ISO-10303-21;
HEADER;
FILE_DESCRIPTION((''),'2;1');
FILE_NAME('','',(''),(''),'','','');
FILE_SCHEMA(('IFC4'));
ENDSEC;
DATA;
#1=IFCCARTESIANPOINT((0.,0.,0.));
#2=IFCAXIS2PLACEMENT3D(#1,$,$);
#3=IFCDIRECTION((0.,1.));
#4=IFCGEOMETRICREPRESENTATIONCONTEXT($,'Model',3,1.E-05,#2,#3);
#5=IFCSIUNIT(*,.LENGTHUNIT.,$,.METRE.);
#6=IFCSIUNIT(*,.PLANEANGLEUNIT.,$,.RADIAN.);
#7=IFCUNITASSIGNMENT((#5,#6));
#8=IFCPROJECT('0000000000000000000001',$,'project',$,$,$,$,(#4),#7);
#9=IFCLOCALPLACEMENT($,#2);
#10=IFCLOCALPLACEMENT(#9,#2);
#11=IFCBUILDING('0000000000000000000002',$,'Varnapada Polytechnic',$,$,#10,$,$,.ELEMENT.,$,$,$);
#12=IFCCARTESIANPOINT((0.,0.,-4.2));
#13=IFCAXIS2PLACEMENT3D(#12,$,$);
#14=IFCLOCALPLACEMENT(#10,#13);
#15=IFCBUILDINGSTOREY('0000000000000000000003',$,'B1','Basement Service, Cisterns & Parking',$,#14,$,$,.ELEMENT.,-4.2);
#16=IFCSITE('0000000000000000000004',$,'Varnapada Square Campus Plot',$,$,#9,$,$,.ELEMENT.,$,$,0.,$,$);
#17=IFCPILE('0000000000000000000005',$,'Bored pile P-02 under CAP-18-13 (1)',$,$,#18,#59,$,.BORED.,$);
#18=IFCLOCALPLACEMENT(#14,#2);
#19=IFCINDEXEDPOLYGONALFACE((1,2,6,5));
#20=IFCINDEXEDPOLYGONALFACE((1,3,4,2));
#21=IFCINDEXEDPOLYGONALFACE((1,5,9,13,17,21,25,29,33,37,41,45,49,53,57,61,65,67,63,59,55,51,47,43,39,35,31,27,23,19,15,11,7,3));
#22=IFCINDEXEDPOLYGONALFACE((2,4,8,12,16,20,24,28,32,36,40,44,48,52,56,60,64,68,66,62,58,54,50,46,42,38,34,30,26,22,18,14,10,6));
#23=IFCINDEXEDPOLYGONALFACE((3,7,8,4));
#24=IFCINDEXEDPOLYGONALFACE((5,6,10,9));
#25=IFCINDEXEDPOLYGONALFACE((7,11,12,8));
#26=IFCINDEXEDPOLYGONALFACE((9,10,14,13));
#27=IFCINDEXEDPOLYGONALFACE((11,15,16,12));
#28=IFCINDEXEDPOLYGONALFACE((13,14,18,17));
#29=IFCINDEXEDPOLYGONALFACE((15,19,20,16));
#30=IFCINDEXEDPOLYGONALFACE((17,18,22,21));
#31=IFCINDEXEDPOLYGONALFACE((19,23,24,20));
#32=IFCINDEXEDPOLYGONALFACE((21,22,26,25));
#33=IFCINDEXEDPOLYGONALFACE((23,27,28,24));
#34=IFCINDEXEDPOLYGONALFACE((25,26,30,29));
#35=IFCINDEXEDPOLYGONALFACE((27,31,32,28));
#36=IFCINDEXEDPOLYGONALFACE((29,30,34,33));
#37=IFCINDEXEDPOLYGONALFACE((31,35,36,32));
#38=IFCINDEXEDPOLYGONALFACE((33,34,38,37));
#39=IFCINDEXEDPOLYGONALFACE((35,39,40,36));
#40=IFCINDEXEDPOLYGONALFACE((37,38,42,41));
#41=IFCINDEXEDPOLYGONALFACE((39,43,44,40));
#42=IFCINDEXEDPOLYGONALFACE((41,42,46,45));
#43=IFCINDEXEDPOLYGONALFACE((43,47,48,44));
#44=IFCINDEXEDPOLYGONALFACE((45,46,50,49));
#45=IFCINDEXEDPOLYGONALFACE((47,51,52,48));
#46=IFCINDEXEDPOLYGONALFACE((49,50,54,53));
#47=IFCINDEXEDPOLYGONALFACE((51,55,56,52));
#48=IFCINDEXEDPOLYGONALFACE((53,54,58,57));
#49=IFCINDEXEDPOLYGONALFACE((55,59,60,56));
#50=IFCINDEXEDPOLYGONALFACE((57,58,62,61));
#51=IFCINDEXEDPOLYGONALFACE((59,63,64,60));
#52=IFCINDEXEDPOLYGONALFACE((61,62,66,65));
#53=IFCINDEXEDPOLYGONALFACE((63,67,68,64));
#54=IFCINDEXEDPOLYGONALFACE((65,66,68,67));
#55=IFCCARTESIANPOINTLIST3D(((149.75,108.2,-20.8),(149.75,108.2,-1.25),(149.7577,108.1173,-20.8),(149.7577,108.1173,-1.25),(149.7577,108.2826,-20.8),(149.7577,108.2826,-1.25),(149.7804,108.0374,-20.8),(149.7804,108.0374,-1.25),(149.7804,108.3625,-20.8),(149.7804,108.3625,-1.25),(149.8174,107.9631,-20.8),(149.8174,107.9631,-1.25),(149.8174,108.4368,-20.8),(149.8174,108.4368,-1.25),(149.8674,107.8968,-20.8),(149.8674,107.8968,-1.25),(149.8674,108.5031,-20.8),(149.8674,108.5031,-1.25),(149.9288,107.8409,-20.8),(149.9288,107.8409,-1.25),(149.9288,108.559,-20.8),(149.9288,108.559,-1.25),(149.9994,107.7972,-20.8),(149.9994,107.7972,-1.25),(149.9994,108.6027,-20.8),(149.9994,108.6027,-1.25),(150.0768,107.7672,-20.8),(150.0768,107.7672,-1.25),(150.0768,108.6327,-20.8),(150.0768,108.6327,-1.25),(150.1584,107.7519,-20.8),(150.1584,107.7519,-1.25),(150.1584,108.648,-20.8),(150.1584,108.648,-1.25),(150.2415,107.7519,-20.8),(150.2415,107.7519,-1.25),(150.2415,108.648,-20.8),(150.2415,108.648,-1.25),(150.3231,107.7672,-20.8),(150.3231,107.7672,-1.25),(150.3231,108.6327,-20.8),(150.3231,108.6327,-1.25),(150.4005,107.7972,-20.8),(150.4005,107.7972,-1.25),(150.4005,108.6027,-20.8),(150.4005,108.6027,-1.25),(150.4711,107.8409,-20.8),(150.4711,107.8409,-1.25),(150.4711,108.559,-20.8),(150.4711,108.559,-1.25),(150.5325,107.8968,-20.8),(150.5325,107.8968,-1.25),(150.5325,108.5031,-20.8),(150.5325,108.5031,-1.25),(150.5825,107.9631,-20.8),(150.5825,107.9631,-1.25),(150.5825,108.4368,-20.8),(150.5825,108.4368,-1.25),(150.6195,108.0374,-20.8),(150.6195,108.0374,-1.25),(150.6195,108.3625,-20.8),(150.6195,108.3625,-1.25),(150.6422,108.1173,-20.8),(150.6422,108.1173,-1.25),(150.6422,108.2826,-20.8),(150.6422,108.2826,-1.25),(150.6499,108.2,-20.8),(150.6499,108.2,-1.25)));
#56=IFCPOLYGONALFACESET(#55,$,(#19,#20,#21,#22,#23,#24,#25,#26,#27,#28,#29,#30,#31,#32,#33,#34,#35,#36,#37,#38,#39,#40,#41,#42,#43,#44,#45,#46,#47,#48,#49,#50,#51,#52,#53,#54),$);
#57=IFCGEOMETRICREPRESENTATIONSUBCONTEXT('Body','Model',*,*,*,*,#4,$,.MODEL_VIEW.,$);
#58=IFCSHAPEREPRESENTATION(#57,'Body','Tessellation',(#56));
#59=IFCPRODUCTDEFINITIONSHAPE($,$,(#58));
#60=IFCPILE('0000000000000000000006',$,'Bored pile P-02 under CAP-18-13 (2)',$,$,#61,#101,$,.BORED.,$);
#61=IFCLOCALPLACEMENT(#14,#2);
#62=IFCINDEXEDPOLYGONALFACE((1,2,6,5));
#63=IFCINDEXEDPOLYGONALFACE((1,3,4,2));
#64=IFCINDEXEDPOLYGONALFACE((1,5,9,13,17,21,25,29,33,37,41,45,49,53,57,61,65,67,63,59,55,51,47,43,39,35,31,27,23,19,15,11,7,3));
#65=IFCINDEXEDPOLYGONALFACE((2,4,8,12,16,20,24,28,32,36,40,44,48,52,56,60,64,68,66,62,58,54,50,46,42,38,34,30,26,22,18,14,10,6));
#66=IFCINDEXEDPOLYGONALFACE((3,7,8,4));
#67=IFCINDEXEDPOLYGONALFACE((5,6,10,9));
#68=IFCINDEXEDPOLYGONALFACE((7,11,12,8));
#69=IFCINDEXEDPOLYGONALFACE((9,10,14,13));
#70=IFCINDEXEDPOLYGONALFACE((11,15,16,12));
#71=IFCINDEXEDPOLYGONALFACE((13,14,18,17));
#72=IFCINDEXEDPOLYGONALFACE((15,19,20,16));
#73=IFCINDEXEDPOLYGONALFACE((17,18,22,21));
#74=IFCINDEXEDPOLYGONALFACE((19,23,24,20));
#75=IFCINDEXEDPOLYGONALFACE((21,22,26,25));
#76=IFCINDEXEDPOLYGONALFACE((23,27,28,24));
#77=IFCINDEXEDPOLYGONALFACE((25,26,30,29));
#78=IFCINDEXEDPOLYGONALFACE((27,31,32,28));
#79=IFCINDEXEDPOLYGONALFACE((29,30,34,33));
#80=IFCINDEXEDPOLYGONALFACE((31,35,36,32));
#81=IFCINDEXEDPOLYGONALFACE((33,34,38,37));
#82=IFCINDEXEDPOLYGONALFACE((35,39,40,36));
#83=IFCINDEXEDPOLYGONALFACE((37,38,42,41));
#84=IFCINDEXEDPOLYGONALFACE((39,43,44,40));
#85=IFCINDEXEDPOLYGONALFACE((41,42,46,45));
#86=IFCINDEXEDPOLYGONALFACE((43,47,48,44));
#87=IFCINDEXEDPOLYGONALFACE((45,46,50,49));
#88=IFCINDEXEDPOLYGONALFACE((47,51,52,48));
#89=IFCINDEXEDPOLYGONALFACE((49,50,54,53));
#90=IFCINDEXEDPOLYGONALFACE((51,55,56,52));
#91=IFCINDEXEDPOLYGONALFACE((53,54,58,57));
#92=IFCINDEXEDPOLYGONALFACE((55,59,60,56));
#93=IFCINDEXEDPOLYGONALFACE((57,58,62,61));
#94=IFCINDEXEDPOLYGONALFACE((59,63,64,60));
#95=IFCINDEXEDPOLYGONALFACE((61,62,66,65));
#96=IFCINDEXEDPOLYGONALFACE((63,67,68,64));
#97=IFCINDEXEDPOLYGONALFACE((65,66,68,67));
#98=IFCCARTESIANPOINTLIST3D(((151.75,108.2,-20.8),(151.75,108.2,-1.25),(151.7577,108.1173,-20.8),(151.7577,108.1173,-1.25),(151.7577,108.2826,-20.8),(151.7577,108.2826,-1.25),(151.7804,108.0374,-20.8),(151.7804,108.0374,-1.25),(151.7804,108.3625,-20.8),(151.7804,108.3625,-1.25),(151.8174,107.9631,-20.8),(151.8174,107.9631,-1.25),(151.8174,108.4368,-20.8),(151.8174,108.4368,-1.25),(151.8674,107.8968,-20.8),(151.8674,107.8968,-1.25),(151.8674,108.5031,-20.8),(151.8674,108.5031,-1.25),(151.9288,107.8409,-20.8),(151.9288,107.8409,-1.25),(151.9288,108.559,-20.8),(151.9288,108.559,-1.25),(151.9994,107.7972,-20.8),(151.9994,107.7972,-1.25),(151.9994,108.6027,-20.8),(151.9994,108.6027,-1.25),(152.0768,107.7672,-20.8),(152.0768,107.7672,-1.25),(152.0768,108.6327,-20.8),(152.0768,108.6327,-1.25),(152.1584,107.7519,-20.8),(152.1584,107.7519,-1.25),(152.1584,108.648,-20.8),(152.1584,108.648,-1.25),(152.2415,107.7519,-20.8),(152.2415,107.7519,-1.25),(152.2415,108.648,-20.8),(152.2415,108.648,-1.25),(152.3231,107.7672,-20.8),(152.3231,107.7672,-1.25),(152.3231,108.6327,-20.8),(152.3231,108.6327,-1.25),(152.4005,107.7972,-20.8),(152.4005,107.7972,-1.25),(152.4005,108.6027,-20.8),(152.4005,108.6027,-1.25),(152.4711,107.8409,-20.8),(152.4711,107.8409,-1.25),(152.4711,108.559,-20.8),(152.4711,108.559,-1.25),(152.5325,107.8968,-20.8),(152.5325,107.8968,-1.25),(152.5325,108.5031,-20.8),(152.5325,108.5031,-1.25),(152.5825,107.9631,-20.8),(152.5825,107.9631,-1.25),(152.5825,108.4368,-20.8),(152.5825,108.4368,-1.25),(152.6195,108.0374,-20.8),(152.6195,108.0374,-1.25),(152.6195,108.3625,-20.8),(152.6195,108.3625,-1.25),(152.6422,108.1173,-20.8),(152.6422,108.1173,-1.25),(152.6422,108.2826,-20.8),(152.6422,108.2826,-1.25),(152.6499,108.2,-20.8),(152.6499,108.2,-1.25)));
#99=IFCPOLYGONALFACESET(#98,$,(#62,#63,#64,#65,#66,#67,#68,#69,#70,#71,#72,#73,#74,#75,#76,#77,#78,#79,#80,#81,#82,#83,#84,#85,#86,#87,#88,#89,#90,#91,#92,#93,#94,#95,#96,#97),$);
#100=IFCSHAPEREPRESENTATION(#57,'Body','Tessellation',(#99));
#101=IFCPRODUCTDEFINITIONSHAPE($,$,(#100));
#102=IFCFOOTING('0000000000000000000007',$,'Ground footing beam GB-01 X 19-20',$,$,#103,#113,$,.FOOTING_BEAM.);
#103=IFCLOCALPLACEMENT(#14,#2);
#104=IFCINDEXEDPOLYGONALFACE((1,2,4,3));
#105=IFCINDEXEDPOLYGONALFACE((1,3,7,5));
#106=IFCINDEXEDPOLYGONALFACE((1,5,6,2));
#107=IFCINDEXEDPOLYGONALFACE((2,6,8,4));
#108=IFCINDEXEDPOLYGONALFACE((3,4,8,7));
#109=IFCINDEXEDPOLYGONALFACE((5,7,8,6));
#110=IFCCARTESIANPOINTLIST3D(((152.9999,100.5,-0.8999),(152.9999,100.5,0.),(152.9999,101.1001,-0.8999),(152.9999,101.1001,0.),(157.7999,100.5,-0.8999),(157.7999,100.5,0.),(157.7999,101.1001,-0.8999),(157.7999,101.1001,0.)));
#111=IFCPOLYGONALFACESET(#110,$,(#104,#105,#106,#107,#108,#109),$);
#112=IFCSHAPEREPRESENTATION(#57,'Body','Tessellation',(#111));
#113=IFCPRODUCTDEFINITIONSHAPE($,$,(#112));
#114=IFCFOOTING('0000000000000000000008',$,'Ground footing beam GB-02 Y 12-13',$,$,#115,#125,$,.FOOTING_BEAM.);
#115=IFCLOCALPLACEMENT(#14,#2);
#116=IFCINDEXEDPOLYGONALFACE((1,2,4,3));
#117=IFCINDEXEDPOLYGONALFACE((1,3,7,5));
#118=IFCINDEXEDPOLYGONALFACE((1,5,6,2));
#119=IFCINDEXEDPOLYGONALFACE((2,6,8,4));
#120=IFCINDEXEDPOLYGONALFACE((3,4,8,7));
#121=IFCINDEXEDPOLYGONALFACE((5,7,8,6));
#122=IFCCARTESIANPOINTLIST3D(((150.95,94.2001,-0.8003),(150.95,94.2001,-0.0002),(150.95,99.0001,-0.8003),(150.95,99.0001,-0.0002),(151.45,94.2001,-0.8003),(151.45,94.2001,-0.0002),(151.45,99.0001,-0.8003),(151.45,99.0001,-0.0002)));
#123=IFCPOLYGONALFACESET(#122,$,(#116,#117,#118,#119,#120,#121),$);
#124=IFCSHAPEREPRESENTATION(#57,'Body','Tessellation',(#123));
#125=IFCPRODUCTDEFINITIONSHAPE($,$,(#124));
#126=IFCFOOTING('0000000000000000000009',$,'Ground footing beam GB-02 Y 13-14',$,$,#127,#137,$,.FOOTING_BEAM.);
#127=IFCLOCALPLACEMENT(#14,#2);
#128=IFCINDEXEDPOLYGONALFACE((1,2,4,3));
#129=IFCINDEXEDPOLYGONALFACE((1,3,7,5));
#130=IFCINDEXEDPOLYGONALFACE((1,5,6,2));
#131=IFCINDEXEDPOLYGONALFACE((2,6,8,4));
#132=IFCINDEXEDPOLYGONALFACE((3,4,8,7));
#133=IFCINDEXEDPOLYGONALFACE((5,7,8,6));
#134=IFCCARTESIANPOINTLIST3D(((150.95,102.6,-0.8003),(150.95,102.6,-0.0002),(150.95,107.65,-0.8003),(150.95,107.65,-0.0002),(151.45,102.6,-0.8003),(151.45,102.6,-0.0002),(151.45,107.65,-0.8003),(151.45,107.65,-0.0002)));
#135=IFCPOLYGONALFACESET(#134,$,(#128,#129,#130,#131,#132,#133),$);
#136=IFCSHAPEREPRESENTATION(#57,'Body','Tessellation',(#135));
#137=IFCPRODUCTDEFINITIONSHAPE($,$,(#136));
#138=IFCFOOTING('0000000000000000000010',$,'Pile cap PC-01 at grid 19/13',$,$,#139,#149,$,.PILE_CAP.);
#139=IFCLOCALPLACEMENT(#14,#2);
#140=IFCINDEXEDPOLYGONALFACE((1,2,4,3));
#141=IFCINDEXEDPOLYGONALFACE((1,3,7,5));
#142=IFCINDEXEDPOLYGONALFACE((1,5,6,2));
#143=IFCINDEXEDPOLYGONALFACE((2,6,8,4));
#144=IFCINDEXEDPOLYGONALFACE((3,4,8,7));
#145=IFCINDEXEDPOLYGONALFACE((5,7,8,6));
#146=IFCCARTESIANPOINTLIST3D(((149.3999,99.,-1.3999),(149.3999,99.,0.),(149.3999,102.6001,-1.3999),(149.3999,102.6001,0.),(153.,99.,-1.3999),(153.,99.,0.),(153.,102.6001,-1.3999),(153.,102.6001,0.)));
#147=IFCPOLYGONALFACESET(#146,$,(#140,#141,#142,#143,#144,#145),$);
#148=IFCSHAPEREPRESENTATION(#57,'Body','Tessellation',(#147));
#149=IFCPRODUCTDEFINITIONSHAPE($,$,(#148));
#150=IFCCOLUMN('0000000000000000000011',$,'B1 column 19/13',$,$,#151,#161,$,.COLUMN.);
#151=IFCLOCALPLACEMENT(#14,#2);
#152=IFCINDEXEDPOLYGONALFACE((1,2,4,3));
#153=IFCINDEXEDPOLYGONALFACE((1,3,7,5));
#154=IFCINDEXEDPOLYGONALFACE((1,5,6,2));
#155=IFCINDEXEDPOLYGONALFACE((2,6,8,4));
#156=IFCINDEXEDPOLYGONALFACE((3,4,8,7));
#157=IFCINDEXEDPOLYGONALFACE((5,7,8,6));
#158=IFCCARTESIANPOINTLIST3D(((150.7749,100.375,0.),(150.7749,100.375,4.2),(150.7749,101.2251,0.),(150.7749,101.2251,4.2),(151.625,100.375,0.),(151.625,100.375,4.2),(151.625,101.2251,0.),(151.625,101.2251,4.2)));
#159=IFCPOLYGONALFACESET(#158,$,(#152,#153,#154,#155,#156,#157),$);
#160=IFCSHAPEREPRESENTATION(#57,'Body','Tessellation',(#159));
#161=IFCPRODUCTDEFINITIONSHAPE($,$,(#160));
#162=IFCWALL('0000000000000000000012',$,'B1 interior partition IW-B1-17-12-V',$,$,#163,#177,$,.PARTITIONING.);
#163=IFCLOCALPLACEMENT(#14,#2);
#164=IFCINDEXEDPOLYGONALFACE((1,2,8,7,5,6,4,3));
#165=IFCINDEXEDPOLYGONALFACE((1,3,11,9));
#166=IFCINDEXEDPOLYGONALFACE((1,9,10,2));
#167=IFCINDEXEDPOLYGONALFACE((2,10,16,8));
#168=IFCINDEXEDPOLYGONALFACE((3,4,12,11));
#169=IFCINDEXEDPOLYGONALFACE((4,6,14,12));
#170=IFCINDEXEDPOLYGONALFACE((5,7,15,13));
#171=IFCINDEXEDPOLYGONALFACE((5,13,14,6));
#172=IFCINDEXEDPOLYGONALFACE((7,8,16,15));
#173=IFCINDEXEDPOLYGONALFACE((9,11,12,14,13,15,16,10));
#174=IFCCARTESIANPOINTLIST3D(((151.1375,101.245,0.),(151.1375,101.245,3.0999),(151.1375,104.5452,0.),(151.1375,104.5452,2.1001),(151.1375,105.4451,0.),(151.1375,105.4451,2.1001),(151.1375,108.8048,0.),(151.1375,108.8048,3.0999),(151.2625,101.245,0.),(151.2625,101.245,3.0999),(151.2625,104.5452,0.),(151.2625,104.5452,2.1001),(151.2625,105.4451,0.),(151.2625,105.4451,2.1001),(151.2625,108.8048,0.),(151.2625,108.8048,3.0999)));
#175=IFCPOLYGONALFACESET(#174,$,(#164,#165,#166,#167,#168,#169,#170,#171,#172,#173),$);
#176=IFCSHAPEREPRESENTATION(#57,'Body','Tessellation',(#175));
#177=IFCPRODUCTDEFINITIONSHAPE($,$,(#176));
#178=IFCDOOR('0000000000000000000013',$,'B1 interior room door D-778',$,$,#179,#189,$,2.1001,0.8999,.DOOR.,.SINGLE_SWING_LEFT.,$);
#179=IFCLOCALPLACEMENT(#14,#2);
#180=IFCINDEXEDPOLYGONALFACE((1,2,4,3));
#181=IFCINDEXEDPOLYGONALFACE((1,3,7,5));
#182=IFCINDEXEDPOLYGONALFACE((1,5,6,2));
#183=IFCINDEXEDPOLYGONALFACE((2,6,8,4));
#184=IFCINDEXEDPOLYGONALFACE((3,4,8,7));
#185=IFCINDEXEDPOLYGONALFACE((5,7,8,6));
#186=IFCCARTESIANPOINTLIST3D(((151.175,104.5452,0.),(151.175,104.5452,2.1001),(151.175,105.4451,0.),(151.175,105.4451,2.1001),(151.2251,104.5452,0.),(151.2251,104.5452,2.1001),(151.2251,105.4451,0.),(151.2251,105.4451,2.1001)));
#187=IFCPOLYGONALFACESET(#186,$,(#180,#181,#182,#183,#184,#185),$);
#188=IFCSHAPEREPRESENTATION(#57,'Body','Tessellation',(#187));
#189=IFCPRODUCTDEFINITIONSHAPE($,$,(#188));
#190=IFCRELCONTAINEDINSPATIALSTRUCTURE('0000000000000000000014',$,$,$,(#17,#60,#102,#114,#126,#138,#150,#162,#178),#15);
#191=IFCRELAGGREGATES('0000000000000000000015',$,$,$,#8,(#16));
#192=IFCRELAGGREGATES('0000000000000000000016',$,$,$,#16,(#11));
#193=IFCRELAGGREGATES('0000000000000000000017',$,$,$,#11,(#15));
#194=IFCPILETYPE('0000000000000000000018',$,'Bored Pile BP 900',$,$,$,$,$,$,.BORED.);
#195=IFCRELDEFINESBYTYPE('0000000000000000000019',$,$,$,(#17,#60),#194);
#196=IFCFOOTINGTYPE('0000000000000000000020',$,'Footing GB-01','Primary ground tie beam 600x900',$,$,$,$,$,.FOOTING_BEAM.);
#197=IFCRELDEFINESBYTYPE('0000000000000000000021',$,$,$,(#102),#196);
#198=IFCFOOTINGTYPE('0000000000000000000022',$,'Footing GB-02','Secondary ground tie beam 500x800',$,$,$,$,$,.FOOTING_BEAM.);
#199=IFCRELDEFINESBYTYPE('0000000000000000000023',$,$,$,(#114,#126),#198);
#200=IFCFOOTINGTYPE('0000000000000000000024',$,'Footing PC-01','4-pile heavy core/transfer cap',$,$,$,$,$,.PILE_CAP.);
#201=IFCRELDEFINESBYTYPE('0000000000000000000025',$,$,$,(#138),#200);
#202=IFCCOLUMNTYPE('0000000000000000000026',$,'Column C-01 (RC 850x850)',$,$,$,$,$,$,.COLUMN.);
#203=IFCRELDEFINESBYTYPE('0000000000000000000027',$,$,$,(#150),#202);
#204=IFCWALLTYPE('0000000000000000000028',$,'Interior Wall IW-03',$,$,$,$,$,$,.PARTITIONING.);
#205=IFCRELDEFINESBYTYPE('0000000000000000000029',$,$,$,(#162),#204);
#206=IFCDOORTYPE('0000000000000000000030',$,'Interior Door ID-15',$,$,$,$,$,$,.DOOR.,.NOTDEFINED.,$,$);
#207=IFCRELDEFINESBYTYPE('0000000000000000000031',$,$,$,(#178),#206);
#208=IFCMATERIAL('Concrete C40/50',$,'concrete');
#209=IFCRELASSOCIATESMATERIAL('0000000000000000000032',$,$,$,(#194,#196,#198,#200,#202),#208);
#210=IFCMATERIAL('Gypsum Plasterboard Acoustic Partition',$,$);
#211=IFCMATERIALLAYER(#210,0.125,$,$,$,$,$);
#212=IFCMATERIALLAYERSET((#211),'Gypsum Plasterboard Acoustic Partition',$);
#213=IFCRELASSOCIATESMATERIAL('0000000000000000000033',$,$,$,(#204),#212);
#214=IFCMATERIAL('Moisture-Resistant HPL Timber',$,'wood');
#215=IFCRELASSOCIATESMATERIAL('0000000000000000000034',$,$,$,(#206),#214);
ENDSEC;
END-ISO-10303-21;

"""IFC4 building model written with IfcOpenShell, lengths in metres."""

from ifc_helpers import new_model, si_unit, direction, frame, frame_2d, origin, origin_2d, place, context, subcontext, project, spatial, rectangle, circle, extrude, material, layer, layer_set, material_profile, profile_set, type_object, element, fill, save


model = new_model("IFC4")

# Units and contexts
model_context = context("Model", 3, precision=1e-05, world=origin(), true_north=direction((0.0, 1.0)))
body_context = subcontext(model_context, "Body", "Model", "MODEL_VIEW")
ifc_project = project(units=[si_unit("LENGTHUNIT", "METRE"), si_unit("PLANEANGLEUNIT", "RADIAN")], contexts=[model_context])

# Site, building, storey
site_placement = place(None, origin())
site = spatial("IfcSite", under=ifc_project, at=site_placement, Name="Varnapada Square Campus Plot", CompositionType="ELEMENT", RefElevation=0.0)
building_placement = place(site_placement, origin())
building = spatial("IfcBuilding", under=site, at=building_placement, Name="Varnapada Polytechnic", CompositionType="ELEMENT")
storey_placement = place(building_placement, frame((0.0, 0.0, -4.2)))
storey = spatial("IfcBuildingStorey", under=building, at=storey_placement, Name="B1", Description="Basement Service, Cisterns & Parking", CompositionType="ELEMENT", Elevation=-4.2)

# Piles
ifc_material_1 = material(Name="Concrete C40/50", Category="concrete")
ifc_material_profile_1 = material_profile(ifc_material_1, circle(Radius=0.45, at=origin_2d()), Name="BP 900")
ifc_profile_set_1 = profile_set([ifc_material_profile_1], Name="Concrete C40/50")
pile_type_1 = type_object("IfcPileType", Name="Bored Pile BP 900", PredefinedType="BORED", material=ifc_profile_set_1)
for number, where, z_axis, x_axis, name in (
    (1, (150.2, 108.2, -1.25), (0.0, 0.0, -1.0), (1.0, 0.0, 0.0), "Bored pile P-02 under CAP-18-13 (1)"),
    (2, (152.2, 108.2, -1.25), (0.0, 0.0, -1.0), (1.0, 0.0, 0.0), "Bored pile P-02 under CAP-18-13 (2)"),
):
    element("IfcPile", number, at=place(storey_placement, frame(where, z_axis=z_axis, x_axis=x_axis)), inside=storey, type_object=pile_type_1, Name=name, PredefinedType="BORED", context=body_context, shape_type="SweptSolid", body=[
        extrude(circle(Radius=0.45, at=origin_2d()), origin(), (0.0, 0.0, 1.0), 19.55),
    ])

# Footings
footing_type_1 = type_object("IfcFootingType", Name="Footing GB-01", Description="Primary ground tie beam 600x900", PredefinedType="FOOTING_BEAM", material=ifc_material_1)
footing_1_placement = place(storey_placement, frame((155.3999, 100.8, -0.8999), z_axis=(0.0, 0.0, 1.0), x_axis=(1.0, 0.0, 0.0)))
element("IfcFooting", 3, at=footing_1_placement, inside=storey, type_object=footing_type_1, Name="Ground footing beam GB-01 X 19-20", PredefinedType="FOOTING_BEAM", context=body_context, shape_type="SweptSolid", body=[
    extrude(rectangle(XDim=4.8, YDim=0.6001, at=origin_2d()), origin(), (0.0, 0.0, 1.0), 0.8999),
])
footing_type_2 = type_object("IfcFootingType", Name="Footing GB-02", Description="Secondary ground tie beam 500x800", PredefinedType="FOOTING_BEAM", material=ifc_material_1)
footing_2_placement = place(storey_placement, frame((151.2, 96.6001, -0.8003), z_axis=(0.0, 0.0, 1.0), x_axis=(0.0, 1.0, 0.0)))
element("IfcFooting", 4, at=footing_2_placement, inside=storey, type_object=footing_type_2, Name="Ground footing beam GB-02 Y 12-13", PredefinedType="FOOTING_BEAM", context=body_context, shape_type="SweptSolid", body=[
    extrude(rectangle(XDim=4.8, YDim=0.5, at=origin_2d()), origin(), (0.0, 0.0, 1.0), 0.8),
])
footing_3_placement = place(storey_placement, frame((151.2, 105.125, -0.8003), z_axis=(0.0, 0.0, 1.0), x_axis=(0.0, 1.0, 0.0)))
element("IfcFooting", 5, at=footing_3_placement, inside=storey, type_object=footing_type_2, Name="Ground footing beam GB-02 Y 13-14", PredefinedType="FOOTING_BEAM", context=body_context, shape_type="SweptSolid", body=[
    extrude(rectangle(XDim=5.05, YDim=0.5, at=origin_2d()), origin(), (0.0, 0.0, 1.0), 0.8),
])
footing_type_3 = type_object("IfcFootingType", Name="Footing PC-01", Description="4-pile heavy core/transfer cap", PredefinedType="PILE_CAP", material=ifc_material_1)
footing_4_placement = place(storey_placement, frame((151.2, 100.8, -1.3999), z_axis=(0.0, 0.0, 1.0), x_axis=(1.0, 0.0, 0.0)))
element("IfcFooting", 6, at=footing_4_placement, inside=storey, type_object=footing_type_3, Name="Pile cap PC-01 at grid 19/13", PredefinedType="PILE_CAP", context=body_context, shape_type="SweptSolid", body=[
    extrude(rectangle(XDim=3.6001, YDim=3.6001, at=origin_2d()), origin(), (0.0, 0.0, 1.0), 1.3999),
])

# Column
ifc_material_profile_2 = material_profile(ifc_material_1, rectangle(XDim=0.8501, YDim=0.8501, at=origin_2d()), Name="RC 850x850")
ifc_profile_set_2 = profile_set([ifc_material_profile_2], Name="Concrete C40/50")
column_type = type_object("IfcColumnType", Name="Column C-01 (RC 850x850)", PredefinedType="COLUMN", material=ifc_profile_set_2)
column_placement = place(storey_placement, frame((151.2, 100.8, 0.0), z_axis=(0.0, 0.0, 1.0), x_axis=(1.0, 0.0, 0.0)))
element("IfcColumn", 7, at=column_placement, inside=storey, type_object=column_type, Name="B1 column 19/13", PredefinedType="COLUMN", context=body_context, shape_type="SweptSolid", body=[
    extrude(rectangle(XDim=0.8501, YDim=0.8501, at=origin_2d()), origin(), (0.0, 0.0, 1.0), 4.2),
])

# Wall, opening, door
ifc_material_2 = material(Name="Gypsum Plasterboard Acoustic Partition")
ifc_layer_1 = layer(ifc_material_2, 0.125)
ifc_layer_set_1 = layer_set([ifc_layer_1], Name="Gypsum Plasterboard Acoustic Partition")
wall_type_1 = type_object("IfcWallType", Name="Interior Wall IW-03", PredefinedType="PARTITIONING", material=ifc_layer_set_1)
wall_1_placement = place(storey_placement, frame((151.2, 101.2451, 0.0), z_axis=(0.0, 0.0, 1.0), x_axis=(0.0, 1.0, 0.0)))
wall_1 = element("IfcWall", 8, at=wall_1_placement, inside=storey, type_object=wall_type_1, Name="B1 interior partition IW-B1-17-12-V", PredefinedType="PARTITIONING", context=body_context, shape_type="SweptSolid", body=[
    extrude(rectangle(XDim=7.5598, YDim=0.125, at=frame_2d((3.7798, 0.0))), origin(), (0.0, 0.0, 1.0), 3.0999),
])
opening_1_placement = place(wall_1_placement, frame((3.3, 0.0, 0.0)))
opening_1 = element("IfcOpeningElement", 9, at=opening_1_placement, cuts=wall_1, PredefinedType="OPENING", context=body_context, shape_type="SweptSolid", body=[
    extrude(rectangle(XDim=0.8999, YDim=2.1001, at=frame_2d((0.45, 1.05))), frame((0.0, 0.0725, 0.0), z_axis=(0.0, -1.0, 0.0), x_axis=(1.0, 0.0, 0.0)), (0.0, 0.0, 1.0), 0.145),
])
ifc_material_3 = material(Name="Moisture-Resistant HPL Timber", Category="wood")
door_type_1 = type_object("IfcDoorType", Name="Interior Door ID-15", OperationType="NOTDEFINED", PredefinedType="DOOR", material=ifc_material_3)
door_1_placement = place(opening_1_placement, origin())
door_1 = element("IfcDoor", 10, at=door_1_placement, inside=storey, type_object=door_type_1, Name="B1 interior room door D-778", OperationType="SINGLE_SWING_LEFT", OverallHeight=2.1001, OverallWidth=0.8999, PredefinedType="DOOR", context=body_context, shape_type="SweptSolid", body=[
    extrude(rectangle(XDim=0.8999, YDim=2.1001, at=frame_2d((0.45, 1.05))), frame((0.0, 0.0249, 0.0), z_axis=(0.0, -1.0, 0.0), x_axis=(1.0, 0.0, 0.0)), (0.0, 0.0, 1.0), 0.05),
])
fill(opening_1, door_1)

save(model, "model.ifc")
